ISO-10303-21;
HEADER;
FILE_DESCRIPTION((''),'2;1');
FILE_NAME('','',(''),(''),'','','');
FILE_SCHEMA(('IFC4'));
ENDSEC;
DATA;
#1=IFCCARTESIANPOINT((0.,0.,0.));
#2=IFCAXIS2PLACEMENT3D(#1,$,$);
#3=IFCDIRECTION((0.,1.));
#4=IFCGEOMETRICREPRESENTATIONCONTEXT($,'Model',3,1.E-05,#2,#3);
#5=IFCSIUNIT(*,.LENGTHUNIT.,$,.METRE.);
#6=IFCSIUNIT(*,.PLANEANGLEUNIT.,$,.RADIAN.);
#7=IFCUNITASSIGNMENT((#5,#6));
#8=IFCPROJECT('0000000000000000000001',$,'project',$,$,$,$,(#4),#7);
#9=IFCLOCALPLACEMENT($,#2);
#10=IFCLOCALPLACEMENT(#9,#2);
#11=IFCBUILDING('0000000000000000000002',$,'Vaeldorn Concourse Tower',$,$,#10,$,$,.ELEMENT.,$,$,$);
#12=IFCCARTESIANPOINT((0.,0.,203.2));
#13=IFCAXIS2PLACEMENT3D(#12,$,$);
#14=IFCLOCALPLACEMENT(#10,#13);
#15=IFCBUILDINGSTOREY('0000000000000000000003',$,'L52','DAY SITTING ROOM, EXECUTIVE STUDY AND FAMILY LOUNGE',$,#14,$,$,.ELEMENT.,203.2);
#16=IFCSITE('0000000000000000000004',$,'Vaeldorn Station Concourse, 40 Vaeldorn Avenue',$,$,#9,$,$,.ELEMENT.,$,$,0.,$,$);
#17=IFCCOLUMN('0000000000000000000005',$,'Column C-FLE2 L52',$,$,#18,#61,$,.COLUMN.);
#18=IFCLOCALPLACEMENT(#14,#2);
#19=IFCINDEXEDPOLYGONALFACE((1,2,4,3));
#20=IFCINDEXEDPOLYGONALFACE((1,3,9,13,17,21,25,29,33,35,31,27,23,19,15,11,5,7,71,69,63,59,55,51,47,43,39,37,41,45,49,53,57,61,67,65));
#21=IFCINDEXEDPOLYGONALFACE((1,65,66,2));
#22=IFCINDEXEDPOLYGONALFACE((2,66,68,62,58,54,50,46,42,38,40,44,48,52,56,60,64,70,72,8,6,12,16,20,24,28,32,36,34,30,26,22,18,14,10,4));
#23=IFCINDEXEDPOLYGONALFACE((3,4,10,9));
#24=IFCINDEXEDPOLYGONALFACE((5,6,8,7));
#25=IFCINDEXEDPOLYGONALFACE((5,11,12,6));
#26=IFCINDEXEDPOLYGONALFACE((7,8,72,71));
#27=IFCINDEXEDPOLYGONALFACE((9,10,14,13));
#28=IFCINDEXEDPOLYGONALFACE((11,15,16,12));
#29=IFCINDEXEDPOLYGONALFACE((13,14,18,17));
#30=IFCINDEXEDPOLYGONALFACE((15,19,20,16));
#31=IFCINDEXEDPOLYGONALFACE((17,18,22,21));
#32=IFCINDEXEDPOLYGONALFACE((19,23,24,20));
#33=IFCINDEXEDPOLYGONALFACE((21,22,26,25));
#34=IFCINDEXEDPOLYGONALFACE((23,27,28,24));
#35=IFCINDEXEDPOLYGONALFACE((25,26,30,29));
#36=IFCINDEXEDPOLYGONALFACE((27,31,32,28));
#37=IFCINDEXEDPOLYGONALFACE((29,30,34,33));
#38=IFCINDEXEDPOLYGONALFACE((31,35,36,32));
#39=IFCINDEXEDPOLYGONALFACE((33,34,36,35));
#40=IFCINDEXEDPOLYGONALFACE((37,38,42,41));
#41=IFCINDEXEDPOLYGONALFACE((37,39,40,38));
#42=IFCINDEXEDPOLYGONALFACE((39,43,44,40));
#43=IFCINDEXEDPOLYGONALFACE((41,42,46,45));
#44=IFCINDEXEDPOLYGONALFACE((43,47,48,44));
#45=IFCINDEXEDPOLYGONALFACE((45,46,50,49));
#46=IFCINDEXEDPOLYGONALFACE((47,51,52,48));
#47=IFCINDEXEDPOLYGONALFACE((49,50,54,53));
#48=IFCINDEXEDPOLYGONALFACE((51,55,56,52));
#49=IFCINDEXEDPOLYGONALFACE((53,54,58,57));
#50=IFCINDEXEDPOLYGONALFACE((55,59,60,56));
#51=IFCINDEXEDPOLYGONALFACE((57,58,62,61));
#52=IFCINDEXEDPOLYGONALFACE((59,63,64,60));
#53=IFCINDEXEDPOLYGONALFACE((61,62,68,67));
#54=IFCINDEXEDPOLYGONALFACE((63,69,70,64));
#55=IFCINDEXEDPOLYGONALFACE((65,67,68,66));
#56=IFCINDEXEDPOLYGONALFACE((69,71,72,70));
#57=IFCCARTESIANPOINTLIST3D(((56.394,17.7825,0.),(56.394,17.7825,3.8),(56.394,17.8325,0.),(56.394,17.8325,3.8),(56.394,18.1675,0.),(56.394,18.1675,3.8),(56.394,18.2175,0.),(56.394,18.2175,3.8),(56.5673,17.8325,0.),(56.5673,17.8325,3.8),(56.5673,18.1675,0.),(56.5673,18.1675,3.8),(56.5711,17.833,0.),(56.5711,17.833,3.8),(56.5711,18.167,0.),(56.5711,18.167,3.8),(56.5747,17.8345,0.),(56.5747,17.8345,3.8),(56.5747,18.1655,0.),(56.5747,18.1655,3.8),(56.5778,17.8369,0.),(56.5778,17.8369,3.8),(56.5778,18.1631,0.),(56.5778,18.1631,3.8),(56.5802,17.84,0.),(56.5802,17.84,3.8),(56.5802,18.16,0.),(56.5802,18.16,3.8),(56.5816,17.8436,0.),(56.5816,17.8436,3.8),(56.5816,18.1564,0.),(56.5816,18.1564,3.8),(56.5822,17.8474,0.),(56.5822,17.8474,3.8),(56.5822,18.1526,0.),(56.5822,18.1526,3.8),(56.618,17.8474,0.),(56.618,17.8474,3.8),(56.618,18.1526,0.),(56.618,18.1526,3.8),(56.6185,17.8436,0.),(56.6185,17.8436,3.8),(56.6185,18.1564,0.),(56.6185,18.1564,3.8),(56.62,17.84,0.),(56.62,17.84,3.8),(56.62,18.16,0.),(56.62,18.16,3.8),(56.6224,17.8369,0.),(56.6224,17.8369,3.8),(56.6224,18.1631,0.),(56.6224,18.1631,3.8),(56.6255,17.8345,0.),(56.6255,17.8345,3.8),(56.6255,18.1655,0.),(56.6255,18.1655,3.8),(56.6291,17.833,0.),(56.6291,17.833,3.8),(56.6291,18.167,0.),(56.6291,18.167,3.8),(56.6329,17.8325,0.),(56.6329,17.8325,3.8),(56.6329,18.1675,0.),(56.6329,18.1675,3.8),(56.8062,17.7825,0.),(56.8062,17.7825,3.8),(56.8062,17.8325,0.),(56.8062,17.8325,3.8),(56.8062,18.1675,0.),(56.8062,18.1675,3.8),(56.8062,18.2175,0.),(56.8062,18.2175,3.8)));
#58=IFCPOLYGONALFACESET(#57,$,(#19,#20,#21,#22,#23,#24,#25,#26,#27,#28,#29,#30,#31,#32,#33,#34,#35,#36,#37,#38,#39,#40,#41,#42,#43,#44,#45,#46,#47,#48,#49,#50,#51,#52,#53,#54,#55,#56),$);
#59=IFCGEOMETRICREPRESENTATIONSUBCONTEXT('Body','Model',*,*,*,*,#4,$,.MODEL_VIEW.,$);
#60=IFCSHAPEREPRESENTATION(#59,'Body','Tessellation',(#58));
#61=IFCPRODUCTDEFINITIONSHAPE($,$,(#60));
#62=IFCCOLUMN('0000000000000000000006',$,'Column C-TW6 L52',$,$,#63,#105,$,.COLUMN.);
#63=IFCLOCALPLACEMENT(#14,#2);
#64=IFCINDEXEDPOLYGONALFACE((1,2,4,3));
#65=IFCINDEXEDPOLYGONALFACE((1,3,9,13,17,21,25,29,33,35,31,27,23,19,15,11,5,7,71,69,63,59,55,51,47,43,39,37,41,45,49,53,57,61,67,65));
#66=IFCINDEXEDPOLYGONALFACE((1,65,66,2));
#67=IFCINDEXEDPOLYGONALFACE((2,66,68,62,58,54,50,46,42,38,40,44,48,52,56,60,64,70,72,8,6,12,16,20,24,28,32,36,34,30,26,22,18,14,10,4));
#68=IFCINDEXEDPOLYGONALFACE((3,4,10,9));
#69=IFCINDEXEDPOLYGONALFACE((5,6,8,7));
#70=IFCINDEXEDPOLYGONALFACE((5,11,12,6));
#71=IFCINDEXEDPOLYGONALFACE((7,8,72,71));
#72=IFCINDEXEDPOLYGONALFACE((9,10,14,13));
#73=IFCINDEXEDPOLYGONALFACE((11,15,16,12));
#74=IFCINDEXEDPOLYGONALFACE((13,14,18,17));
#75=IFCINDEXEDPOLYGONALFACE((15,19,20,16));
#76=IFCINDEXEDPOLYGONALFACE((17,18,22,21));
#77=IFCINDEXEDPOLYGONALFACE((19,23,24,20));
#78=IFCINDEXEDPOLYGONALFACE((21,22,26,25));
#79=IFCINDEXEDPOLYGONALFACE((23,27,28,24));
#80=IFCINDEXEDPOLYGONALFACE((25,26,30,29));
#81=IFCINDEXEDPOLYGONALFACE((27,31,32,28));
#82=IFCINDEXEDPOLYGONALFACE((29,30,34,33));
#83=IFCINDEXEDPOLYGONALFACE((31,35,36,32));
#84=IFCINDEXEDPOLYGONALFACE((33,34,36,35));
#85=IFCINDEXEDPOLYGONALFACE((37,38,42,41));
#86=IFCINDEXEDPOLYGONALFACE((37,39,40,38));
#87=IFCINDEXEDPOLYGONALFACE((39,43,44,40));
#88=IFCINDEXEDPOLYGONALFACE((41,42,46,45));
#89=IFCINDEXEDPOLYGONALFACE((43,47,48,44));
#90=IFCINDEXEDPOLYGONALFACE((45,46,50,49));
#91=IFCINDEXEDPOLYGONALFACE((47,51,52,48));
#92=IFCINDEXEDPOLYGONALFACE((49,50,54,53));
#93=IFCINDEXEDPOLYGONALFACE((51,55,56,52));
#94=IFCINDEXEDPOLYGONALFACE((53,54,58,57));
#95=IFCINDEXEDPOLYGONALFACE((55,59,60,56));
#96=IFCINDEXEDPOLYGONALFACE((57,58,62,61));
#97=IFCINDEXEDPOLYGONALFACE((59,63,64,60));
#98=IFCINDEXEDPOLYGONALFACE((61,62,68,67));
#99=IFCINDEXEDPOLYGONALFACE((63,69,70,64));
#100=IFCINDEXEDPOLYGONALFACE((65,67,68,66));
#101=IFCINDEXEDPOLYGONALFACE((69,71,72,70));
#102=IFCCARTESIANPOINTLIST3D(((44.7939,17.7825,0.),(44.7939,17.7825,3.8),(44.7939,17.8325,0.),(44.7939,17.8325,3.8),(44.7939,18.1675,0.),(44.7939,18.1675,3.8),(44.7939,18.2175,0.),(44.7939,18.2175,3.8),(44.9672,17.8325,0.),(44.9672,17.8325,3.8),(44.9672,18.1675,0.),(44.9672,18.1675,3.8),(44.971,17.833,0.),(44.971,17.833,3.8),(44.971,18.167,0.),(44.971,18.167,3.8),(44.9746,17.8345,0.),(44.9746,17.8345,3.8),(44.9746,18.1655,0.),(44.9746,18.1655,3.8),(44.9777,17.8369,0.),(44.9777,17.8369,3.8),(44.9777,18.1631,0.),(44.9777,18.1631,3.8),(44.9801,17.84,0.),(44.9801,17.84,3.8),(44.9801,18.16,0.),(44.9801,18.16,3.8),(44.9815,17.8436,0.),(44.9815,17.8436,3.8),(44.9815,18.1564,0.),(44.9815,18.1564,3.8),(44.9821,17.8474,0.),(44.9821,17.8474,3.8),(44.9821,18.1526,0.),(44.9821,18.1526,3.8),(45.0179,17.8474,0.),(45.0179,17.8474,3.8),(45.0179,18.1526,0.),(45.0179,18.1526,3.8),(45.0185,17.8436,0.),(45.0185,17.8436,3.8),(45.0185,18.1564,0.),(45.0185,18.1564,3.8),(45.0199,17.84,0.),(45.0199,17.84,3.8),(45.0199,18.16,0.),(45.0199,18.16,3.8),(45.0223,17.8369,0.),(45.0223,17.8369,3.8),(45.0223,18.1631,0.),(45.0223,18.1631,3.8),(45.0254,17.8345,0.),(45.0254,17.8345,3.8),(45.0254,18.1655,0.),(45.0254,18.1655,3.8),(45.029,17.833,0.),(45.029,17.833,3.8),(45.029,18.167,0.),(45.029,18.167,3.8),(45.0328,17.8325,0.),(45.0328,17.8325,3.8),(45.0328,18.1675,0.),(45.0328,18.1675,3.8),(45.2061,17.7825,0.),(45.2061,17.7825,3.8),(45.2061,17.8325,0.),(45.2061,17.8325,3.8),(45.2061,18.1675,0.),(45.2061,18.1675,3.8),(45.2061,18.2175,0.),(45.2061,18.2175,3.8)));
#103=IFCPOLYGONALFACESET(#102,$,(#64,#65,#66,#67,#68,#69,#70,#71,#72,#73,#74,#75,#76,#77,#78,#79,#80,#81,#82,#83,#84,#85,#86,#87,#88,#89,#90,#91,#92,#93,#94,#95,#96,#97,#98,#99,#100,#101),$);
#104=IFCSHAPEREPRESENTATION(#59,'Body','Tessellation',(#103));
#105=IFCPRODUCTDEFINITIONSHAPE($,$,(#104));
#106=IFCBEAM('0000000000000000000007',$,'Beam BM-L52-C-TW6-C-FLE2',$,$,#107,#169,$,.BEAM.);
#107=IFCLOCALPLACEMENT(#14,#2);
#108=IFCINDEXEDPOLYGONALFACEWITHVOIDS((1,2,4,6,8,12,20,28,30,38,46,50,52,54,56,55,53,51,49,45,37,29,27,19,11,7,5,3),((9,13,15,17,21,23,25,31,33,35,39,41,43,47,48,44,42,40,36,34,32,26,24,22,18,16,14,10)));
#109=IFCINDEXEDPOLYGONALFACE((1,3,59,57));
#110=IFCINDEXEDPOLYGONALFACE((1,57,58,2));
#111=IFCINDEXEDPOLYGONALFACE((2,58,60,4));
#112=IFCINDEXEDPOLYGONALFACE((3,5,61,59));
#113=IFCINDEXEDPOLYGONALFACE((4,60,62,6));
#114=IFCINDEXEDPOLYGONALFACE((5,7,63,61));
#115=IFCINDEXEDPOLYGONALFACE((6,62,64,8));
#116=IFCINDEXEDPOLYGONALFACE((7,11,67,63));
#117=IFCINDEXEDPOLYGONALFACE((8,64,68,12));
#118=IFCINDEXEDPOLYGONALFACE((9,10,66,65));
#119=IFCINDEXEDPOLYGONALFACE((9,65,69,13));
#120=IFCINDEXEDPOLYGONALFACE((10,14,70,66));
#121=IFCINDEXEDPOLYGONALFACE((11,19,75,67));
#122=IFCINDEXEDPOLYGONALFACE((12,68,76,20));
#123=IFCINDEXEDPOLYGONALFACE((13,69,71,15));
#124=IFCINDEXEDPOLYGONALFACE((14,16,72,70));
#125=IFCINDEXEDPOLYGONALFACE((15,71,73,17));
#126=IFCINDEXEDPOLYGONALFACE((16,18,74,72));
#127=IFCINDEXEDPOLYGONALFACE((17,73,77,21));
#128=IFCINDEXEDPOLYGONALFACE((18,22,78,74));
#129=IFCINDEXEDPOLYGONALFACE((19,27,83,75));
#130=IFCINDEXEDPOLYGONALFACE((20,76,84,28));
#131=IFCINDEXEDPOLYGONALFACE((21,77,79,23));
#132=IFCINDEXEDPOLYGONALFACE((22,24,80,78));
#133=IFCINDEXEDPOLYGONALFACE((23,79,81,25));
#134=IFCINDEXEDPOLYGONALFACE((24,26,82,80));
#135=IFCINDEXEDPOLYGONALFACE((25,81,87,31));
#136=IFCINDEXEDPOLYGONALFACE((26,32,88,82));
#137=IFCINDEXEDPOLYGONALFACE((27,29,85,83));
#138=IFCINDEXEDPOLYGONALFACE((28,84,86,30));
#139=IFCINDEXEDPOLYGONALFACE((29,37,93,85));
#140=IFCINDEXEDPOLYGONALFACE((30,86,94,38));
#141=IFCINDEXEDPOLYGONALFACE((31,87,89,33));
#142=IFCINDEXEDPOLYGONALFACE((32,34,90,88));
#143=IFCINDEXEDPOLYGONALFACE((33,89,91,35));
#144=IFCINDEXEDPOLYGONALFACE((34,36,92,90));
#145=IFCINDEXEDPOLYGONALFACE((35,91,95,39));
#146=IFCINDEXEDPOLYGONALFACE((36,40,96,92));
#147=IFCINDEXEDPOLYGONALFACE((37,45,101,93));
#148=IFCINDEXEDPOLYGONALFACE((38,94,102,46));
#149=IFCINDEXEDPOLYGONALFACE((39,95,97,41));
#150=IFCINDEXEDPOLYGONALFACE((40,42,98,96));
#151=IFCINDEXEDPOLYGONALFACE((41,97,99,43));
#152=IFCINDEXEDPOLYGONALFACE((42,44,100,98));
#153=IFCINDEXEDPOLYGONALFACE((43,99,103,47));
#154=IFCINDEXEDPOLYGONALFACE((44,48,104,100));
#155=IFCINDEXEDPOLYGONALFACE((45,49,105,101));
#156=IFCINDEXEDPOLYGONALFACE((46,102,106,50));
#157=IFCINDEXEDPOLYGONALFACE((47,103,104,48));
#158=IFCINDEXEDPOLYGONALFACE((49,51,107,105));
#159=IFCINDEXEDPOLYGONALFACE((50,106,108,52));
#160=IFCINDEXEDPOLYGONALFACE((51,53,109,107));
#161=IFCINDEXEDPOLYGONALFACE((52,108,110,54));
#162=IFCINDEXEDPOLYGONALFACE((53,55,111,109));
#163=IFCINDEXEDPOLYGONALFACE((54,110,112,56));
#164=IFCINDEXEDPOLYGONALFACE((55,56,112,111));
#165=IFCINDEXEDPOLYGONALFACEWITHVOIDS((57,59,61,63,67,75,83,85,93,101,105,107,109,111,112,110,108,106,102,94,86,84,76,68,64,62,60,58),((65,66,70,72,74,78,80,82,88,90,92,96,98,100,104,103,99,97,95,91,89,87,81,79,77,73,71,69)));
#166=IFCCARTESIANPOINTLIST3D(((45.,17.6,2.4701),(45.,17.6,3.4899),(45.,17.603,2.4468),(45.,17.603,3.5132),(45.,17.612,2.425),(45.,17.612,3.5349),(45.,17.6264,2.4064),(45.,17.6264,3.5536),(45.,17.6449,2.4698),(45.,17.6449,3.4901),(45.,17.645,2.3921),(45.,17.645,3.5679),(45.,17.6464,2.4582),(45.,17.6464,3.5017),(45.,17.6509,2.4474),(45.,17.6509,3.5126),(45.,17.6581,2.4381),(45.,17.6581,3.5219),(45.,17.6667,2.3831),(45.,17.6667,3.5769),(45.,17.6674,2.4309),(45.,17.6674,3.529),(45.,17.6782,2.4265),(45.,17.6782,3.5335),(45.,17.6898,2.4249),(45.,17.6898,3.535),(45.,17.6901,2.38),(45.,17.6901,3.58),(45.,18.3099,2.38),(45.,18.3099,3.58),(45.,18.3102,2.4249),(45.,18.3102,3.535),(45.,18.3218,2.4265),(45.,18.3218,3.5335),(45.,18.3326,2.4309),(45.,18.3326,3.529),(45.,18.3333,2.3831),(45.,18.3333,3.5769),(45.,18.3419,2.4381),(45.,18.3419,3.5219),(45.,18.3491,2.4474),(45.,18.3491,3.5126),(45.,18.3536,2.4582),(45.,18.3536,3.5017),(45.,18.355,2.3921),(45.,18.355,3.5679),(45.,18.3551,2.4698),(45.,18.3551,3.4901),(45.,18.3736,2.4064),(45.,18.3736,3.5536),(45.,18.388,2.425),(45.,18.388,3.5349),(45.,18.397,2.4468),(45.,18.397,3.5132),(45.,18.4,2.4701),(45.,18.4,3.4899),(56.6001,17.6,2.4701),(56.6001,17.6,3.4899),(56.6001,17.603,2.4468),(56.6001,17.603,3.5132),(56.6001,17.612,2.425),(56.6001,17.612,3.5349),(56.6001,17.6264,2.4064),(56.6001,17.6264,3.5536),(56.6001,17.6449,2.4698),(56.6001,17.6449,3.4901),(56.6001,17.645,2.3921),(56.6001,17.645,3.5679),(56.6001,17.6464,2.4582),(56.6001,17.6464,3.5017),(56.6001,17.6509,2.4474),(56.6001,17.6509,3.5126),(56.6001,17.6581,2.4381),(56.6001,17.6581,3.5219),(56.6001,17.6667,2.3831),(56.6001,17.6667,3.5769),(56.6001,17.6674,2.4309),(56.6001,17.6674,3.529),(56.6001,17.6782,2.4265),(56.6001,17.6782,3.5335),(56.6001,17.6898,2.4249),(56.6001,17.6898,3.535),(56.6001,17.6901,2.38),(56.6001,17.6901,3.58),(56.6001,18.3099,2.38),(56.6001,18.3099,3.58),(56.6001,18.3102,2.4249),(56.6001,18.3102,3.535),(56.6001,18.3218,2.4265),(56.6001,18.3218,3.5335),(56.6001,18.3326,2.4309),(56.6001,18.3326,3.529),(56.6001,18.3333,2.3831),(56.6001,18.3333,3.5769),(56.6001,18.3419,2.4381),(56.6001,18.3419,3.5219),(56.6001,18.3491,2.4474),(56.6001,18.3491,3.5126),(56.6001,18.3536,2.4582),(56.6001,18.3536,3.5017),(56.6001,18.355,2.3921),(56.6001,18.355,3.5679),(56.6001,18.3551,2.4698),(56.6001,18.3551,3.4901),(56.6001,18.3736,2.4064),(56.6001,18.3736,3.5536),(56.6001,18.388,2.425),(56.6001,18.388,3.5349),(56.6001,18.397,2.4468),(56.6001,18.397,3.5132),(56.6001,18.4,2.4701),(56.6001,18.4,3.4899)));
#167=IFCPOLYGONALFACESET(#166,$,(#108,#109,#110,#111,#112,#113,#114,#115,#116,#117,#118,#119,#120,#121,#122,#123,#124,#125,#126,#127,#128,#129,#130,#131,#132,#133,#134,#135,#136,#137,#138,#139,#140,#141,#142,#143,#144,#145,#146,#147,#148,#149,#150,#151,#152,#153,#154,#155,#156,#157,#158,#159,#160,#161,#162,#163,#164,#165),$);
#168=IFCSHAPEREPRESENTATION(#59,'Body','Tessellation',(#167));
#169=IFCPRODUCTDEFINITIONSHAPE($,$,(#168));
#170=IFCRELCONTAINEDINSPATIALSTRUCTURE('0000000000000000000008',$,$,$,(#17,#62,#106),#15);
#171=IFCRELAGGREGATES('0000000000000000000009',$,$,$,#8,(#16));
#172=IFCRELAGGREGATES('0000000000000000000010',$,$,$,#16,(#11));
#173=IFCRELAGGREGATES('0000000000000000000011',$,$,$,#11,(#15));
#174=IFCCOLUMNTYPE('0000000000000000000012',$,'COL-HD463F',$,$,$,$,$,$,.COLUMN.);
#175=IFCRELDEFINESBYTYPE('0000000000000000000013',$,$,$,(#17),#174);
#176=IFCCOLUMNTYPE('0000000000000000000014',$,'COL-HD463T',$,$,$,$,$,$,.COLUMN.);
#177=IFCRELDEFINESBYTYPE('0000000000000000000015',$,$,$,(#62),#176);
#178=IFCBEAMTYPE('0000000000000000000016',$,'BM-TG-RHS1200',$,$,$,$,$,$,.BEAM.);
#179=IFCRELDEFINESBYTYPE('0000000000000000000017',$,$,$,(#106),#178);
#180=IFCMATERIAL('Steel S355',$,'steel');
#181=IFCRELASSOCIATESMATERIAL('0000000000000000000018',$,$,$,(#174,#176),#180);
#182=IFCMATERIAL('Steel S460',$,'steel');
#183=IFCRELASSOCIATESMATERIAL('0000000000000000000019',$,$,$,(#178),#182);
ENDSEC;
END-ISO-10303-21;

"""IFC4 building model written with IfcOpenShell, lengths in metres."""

from ifc_helpers import new_model, si_unit, direction, frame, origin, origin_2d, place, context, subcontext, project, spatial, hollow_rectangle, i_section, extrude, source, transform, mapped, material, material_profile, profile_set, type_object, element, save


model = new_model("IFC4")

# Units and contexts
model_context = context("Model", 3, precision=1e-05, world=origin(), true_north=direction((0.0, 1.0)))
body_context = subcontext(model_context, "Body", "Model", "MODEL_VIEW")
ifc_project = project(units=[si_unit("LENGTHUNIT", "METRE"), si_unit("PLANEANGLEUNIT", "RADIAN")], contexts=[model_context])

# Site, building, storey
site_placement = place(None, origin())
site = spatial("IfcSite", under=ifc_project, at=site_placement, Name="Vaeldorn Station Concourse, 40 Vaeldorn Avenue", CompositionType="ELEMENT", RefElevation=0.0)
building_placement = place(site_placement, origin())
building = spatial("IfcBuilding", under=site, at=building_placement, Name="Vaeldorn Concourse Tower", CompositionType="ELEMENT")
storey_placement = place(building_placement, frame((0.0, 0.0, 203.2)))
storey = spatial("IfcBuildingStorey", under=building, at=storey_placement, Name="L52", Description="DAY SITTING ROOM, EXECUTIVE STUDY AND FAMILY LOUNGE", CompositionType="ELEMENT", Elevation=203.2)

# Columns
ifc_material_1 = material(Name="Steel S355", Category="steel")
ifc_material_profile_1 = material_profile(ifc_material_1, i_section(OverallWidth=0.4121, OverallDepth=0.4351, WebThickness=0.0359, FlangeThickness=0.05, FilletRadius=0.0149, at=origin_2d()), Name="HD 400x463")
ifc_profile_set_1 = profile_set([ifc_material_profile_1], Name="Steel S355")
column_type_1 = type_object("IfcColumnType", Name="COL-HD463F", PredefinedType="COLUMN", material=ifc_profile_set_1)
shared_shape_1 = source(origin(), body_context, "Body", "SweptSolid", [
    extrude(i_section(OverallWidth=0.4121, OverallDepth=0.4351, WebThickness=0.0359, FlangeThickness=0.05, FilletRadius=0.0149, at=origin_2d()), origin(), (0.0, 0.0, 1.0), 3.8),
])
column_1_placement = place(storey_placement, frame((56.6001, 18.0, 0.0), z_axis=(0.0, 0.0, 1.0), x_axis=(1.0, 0.0, 0.0)))
element("IfcColumn", 1, at=column_1_placement, inside=storey, type_object=column_type_1, Name="Column C-FLE2 L52", PredefinedType="COLUMN", context=body_context, shape_type="MappedRepresentation", body=[
    mapped(shared_shape_1, transform((0.0, 0.0, 0.0), scale=1.0)),
])
ifc_material_profile_2 = material_profile(ifc_material_1, i_section(OverallWidth=0.4121, OverallDepth=0.4351, WebThickness=0.0359, FlangeThickness=0.05, FilletRadius=0.0149, at=origin_2d()), Name="HD 400x463")
ifc_profile_set_2 = profile_set([ifc_material_profile_2], Name="Steel S355")
column_type_2 = type_object("IfcColumnType", Name="COL-HD463T", PredefinedType="COLUMN", material=ifc_profile_set_2)
shared_shape_2 = source(origin(), body_context, "Body", "SweptSolid", [
    extrude(i_section(OverallWidth=0.4121, OverallDepth=0.4351, WebThickness=0.0359, FlangeThickness=0.05, FilletRadius=0.0149, at=origin_2d()), origin(), (0.0, 0.0, 1.0), 3.8),
])
column_2_placement = place(storey_placement, frame((45.0, 18.0, 0.0), z_axis=(0.0, 0.0, 1.0), x_axis=(1.0, 0.0, 0.0)))
element("IfcColumn", 2, at=column_2_placement, inside=storey, type_object=column_type_2, Name="Column C-TW6 L52", PredefinedType="COLUMN", context=body_context, shape_type="MappedRepresentation", body=[
    mapped(shared_shape_2, transform((0.0, 0.0, 0.0), scale=1.0)),
])

# Beam
ifc_material_2 = material(Name="Steel S460", Category="steel")
ifc_material_profile_3 = material_profile(ifc_material_2, hollow_rectangle(XDim=0.8, YDim=1.2, WallThickness=0.0449, InnerFilletRadius=0.0449, OuterFilletRadius=0.0901, at=origin_2d()), Name="RHS 1200x800x45")
ifc_profile_set_3 = profile_set([ifc_material_profile_3], Name="Steel S460")
beam_type_1 = type_object("IfcBeamType", Name="BM-TG-RHS1200", PredefinedType="BEAM", material=ifc_profile_set_3)
shared_shape_3 = source(origin(), body_context, "Body", "SweptSolid", [
    extrude(hollow_rectangle(XDim=0.8, YDim=1.2, WallThickness=0.0449, InnerFilletRadius=0.0449, OuterFilletRadius=0.0901, at=origin_2d()), origin(), (0.0, 0.0, 1.0), 11.6001),
])
beam_1_placement = place(storey_placement, frame((45.0, 18.0, 2.98), z_axis=(1.0, 0.0, 0.0), x_axis=(0.0, 1.0, 0.0)))
element("IfcBeam", 3, at=beam_1_placement, inside=storey, type_object=beam_type_1, Name="Beam BM-L52-C-TW6-C-FLE2", PredefinedType="BEAM", context=body_context, shape_type="MappedRepresentation", body=[
    mapped(shared_shape_3, transform((0.0, 0.0, 0.0), scale=1.0)),
])

save(model, "model.ifc")
